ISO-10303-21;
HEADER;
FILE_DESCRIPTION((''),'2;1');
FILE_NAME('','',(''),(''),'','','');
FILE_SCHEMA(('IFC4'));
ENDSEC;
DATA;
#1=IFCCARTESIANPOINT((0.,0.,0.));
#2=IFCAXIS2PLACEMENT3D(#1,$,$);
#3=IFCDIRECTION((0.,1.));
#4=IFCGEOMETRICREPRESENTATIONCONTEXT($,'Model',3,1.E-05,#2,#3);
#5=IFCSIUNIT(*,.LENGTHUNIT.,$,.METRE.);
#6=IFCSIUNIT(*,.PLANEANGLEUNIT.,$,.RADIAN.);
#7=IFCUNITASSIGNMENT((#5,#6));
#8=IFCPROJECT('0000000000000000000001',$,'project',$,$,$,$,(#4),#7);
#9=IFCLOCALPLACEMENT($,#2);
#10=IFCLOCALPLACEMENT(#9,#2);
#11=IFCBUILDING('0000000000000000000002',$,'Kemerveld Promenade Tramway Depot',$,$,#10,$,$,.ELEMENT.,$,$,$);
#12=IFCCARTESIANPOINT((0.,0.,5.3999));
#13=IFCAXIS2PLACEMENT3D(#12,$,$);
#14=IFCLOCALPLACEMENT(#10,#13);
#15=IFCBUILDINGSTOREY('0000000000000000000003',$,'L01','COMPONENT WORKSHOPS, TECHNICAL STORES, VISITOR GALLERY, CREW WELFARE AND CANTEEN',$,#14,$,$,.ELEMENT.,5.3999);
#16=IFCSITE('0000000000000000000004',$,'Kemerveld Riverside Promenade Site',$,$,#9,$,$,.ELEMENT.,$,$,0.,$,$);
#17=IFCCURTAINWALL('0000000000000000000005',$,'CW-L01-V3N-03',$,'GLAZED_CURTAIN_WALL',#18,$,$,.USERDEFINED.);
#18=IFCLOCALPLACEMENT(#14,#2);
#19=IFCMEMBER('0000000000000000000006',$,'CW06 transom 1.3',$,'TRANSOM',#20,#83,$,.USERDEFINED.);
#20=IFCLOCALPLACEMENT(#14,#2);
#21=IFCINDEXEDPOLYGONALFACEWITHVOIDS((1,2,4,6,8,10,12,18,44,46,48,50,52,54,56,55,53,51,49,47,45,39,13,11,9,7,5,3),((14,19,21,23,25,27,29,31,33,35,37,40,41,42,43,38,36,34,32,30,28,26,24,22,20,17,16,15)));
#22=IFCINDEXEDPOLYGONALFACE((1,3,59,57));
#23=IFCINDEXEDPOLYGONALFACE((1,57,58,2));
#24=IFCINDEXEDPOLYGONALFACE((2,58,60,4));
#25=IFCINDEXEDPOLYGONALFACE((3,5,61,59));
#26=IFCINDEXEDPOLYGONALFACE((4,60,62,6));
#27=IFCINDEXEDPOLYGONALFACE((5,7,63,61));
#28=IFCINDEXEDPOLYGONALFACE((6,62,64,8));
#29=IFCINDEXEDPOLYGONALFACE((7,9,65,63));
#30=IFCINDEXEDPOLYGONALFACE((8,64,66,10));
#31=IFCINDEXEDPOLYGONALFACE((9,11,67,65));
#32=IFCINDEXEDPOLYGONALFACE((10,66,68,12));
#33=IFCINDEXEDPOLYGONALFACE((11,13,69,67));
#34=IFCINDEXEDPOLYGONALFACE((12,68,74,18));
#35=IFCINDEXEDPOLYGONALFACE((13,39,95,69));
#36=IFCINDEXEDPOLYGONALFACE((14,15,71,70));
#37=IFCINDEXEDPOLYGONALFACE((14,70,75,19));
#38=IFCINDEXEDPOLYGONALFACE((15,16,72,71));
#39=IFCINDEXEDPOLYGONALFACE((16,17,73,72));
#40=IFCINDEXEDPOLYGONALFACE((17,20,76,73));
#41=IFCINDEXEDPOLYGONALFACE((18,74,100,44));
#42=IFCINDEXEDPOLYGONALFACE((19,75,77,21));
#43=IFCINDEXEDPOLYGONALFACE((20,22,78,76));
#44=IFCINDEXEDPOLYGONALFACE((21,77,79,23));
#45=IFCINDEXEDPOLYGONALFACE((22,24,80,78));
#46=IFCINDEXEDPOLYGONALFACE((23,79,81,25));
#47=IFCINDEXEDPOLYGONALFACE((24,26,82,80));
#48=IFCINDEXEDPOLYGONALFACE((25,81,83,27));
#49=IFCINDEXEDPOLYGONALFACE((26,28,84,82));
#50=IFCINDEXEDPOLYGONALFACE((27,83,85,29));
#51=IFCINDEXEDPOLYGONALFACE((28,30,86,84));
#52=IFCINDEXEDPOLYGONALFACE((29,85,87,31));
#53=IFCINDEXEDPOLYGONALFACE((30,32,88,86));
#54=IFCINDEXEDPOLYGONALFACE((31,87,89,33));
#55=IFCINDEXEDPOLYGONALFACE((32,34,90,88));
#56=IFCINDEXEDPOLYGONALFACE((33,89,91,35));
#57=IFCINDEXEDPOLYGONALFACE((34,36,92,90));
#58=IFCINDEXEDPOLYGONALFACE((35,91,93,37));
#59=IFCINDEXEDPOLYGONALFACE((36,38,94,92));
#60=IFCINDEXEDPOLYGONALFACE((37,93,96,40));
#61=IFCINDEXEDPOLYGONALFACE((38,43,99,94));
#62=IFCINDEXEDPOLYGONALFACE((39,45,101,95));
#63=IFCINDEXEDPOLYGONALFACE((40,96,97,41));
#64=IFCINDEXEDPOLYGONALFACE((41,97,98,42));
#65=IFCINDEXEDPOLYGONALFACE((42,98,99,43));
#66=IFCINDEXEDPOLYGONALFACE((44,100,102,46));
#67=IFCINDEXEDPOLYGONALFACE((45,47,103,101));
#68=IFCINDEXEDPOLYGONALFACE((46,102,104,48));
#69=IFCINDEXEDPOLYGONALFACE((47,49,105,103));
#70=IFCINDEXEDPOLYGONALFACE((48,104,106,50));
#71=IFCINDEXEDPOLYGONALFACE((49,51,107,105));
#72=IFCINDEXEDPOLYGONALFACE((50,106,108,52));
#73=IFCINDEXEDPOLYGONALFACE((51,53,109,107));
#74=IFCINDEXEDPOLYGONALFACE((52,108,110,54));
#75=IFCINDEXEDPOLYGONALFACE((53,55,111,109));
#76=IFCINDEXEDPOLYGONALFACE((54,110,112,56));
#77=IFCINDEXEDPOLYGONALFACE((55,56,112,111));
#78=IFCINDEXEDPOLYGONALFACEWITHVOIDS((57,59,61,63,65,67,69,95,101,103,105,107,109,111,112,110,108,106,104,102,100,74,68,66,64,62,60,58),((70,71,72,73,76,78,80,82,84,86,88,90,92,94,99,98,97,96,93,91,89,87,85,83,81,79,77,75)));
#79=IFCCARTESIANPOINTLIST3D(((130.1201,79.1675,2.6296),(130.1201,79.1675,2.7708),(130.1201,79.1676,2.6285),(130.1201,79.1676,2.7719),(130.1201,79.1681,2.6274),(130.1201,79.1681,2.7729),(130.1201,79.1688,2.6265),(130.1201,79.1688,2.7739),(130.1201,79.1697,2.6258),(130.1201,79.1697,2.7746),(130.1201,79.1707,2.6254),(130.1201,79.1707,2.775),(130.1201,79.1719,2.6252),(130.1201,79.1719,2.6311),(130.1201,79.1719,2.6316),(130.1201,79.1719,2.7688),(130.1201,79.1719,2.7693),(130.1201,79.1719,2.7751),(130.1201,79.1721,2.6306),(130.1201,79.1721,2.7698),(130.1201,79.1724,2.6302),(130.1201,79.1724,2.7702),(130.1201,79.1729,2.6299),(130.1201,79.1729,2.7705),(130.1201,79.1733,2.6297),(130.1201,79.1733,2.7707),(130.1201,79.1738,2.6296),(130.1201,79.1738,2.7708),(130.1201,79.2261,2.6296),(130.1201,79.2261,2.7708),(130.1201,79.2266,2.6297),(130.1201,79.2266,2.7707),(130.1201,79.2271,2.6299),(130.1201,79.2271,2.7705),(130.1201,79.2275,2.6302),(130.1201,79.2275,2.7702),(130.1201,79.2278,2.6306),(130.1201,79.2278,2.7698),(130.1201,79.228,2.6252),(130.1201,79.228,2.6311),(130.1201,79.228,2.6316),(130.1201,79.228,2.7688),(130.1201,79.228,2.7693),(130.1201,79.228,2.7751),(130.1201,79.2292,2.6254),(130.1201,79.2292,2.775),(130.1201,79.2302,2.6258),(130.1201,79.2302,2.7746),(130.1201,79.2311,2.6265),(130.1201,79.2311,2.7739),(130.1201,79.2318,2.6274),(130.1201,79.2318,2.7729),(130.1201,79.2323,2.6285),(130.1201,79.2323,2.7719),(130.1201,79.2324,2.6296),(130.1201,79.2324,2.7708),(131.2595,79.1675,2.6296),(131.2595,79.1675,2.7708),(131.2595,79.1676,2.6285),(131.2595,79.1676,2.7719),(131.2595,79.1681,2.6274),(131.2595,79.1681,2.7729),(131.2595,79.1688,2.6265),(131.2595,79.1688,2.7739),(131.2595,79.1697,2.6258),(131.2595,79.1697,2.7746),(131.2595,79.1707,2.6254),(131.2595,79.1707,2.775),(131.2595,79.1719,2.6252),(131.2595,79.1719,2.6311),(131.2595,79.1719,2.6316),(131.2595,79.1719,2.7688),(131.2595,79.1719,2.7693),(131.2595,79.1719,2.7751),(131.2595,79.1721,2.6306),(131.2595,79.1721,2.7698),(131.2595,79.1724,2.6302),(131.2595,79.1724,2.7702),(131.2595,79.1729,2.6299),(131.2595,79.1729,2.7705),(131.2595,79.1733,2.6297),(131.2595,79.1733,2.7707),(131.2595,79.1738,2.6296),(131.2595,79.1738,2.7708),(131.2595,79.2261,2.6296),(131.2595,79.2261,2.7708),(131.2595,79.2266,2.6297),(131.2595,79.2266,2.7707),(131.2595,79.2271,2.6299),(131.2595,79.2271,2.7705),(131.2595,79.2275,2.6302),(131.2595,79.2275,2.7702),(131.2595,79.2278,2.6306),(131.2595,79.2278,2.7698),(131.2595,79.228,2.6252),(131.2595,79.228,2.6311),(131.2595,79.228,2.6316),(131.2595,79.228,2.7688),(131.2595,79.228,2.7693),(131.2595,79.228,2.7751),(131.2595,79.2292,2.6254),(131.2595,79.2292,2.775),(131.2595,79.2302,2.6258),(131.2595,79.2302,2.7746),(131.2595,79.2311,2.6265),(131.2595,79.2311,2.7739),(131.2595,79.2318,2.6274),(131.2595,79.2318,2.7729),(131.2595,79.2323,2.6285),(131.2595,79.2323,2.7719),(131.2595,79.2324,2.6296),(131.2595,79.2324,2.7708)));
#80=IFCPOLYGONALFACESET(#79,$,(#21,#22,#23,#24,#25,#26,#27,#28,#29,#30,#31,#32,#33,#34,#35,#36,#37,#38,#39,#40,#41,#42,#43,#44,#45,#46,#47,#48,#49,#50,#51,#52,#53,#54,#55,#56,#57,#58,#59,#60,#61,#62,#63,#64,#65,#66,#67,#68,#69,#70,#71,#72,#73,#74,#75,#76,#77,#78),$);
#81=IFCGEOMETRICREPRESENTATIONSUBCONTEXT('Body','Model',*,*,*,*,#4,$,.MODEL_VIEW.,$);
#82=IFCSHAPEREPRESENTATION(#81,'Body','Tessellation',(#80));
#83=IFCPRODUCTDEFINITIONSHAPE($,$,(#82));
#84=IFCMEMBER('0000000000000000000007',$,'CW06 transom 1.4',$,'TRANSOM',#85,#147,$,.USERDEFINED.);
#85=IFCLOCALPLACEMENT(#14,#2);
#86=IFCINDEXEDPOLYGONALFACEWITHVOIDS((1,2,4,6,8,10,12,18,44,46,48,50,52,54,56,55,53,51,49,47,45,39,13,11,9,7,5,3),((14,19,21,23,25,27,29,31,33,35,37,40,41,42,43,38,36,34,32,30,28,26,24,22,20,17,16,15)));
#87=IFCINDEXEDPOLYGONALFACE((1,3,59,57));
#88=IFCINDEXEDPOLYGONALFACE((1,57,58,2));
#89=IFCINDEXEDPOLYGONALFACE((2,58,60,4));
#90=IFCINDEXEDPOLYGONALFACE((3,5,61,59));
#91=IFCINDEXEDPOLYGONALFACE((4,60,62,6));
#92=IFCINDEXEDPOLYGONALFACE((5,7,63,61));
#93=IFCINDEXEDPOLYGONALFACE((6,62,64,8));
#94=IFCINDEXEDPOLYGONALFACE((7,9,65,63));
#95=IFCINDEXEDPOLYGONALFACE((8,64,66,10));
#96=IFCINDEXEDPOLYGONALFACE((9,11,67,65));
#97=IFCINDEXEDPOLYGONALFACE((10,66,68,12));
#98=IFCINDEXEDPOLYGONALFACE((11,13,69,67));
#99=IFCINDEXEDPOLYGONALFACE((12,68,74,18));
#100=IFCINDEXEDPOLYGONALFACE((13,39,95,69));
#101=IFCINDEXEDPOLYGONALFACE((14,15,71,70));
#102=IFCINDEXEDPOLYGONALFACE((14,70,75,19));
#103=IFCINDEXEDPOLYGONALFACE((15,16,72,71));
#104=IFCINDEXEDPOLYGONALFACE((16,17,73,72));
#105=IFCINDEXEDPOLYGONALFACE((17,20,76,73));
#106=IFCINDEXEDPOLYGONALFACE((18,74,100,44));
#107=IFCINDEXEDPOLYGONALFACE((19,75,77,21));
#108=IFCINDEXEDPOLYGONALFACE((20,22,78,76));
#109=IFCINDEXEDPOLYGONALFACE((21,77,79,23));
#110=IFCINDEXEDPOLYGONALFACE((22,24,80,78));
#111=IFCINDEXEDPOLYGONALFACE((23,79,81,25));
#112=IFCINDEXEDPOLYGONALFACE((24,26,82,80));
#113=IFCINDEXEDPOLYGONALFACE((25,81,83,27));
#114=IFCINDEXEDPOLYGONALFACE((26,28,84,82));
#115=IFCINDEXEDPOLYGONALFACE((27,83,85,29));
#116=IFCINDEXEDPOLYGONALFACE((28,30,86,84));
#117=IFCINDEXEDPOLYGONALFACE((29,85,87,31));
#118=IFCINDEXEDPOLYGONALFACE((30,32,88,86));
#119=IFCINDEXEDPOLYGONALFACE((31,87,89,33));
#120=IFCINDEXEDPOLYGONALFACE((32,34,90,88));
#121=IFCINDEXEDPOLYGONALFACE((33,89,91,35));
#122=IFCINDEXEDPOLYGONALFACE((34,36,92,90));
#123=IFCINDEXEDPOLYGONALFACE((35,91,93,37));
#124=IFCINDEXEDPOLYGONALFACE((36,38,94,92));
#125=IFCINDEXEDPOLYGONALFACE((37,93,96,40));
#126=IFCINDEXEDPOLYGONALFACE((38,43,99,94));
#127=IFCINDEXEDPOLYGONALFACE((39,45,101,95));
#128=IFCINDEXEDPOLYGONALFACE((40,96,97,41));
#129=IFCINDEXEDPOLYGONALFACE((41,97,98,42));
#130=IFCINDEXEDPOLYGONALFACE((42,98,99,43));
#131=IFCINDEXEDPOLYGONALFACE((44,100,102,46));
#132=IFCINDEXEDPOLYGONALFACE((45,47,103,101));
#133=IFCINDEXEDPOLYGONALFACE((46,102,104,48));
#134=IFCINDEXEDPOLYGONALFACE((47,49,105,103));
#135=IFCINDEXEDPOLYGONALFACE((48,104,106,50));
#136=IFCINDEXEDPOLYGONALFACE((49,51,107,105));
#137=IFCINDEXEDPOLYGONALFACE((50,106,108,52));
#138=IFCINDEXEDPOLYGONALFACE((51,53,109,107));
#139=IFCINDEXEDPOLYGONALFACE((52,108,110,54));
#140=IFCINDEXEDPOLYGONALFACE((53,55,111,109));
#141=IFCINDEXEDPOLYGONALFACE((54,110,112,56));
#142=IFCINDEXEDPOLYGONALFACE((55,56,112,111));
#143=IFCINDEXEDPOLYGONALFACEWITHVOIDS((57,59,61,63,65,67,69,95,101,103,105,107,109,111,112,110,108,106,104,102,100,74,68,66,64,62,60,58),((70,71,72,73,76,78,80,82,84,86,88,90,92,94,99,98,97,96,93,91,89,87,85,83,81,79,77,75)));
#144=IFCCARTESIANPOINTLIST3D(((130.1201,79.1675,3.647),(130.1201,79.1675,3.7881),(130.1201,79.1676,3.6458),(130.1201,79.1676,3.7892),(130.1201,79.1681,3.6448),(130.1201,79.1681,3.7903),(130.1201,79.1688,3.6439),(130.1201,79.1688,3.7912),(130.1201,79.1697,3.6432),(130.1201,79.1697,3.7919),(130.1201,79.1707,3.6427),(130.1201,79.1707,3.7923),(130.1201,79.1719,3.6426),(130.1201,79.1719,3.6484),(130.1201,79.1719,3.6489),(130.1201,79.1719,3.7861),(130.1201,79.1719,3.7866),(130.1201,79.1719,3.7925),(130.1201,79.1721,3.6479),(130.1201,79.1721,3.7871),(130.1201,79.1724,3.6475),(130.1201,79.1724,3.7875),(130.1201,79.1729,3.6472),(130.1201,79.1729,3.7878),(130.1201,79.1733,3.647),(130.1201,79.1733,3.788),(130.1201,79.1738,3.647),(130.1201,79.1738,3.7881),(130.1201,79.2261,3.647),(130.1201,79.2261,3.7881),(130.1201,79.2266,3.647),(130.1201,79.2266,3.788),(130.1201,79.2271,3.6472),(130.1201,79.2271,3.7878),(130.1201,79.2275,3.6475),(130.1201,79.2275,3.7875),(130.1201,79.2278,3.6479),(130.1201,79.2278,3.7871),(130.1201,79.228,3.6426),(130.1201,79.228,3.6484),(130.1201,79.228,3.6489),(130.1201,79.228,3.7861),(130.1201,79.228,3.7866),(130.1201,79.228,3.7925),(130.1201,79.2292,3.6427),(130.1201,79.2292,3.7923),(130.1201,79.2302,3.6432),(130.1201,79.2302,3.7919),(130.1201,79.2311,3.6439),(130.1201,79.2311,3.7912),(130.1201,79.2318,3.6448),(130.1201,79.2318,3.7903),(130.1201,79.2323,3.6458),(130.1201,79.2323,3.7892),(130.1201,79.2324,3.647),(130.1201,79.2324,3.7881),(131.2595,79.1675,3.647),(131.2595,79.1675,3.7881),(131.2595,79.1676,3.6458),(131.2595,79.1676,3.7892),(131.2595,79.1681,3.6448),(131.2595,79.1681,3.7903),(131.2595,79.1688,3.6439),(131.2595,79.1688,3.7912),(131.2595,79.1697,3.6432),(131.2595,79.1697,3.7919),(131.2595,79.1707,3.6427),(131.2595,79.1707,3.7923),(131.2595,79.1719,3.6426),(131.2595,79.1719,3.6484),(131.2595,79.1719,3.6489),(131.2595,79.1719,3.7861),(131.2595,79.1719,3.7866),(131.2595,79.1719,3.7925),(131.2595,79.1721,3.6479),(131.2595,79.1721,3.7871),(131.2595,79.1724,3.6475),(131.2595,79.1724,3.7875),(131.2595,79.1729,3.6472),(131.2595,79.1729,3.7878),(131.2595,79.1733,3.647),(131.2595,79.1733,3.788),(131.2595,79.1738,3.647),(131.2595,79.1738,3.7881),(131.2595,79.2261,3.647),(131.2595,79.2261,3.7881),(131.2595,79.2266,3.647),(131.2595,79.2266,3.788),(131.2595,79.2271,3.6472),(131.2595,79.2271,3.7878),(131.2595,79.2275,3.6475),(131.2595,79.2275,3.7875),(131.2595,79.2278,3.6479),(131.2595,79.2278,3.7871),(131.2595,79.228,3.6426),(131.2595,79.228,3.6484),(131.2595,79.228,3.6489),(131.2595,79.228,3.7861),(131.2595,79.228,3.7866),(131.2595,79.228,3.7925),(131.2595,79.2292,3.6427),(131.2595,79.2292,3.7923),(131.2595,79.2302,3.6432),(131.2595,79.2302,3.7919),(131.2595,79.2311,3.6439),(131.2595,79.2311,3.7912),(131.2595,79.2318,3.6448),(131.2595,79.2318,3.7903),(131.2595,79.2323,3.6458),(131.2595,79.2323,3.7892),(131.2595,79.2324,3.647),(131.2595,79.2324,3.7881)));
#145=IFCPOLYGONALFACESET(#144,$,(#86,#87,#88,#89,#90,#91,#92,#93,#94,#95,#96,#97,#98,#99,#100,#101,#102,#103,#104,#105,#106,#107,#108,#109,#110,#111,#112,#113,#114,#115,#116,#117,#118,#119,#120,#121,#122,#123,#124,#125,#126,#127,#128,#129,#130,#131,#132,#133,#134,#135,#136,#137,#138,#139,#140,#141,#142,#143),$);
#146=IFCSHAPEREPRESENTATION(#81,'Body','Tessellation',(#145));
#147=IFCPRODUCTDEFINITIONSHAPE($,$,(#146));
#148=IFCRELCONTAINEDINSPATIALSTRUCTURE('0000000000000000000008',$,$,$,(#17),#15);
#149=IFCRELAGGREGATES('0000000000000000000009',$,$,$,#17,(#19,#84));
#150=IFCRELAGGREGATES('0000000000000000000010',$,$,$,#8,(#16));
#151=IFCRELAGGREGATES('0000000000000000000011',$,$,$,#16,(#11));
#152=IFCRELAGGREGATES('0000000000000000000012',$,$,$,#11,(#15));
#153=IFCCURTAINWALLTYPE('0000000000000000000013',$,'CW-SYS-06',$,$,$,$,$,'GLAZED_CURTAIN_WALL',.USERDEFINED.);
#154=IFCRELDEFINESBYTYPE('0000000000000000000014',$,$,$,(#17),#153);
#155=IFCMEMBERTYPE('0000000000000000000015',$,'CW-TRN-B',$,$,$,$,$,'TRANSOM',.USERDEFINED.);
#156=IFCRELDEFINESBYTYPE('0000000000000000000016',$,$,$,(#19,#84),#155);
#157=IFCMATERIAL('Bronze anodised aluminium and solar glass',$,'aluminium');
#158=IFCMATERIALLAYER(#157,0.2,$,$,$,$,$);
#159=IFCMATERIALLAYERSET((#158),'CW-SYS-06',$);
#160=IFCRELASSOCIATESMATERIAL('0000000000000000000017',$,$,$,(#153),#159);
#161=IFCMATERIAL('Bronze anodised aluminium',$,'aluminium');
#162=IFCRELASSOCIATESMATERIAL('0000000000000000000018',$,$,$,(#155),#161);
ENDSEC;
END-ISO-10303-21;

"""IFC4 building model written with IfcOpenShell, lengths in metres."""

from ifc_helpers import new_model, si_unit, direction, frame, origin, origin_2d, place, context, subcontext, project, spatial, hollow_rectangle, extrude, material, layer, layer_set, material_profile, profile_set, type_object, element, aggregate, save


model = new_model("IFC4")

# Units and contexts
model_context = context("Model", 3, precision=1e-05, world=origin(), true_north=direction((0.0, 1.0)))
body_context = subcontext(model_context, "Body", "Model", "MODEL_VIEW")
ifc_project = project(units=[si_unit("LENGTHUNIT", "METRE"), si_unit("PLANEANGLEUNIT", "RADIAN")], contexts=[model_context])

# Site, building, storey
site_placement = place(None, origin())
site = spatial("IfcSite", under=ifc_project, at=site_placement, Name="Kemerveld Riverside Promenade Site", CompositionType="ELEMENT", RefElevation=0.0)
building_placement = place(site_placement, origin())
building = spatial("IfcBuilding", under=site, at=building_placement, Name="Kemerveld Promenade Tramway Depot", CompositionType="ELEMENT")
storey_placement = place(building_placement, frame((0.0, 0.0, 5.3999)))
storey = spatial("IfcBuildingStorey", under=building, at=storey_placement, Name="L01", Description="COMPONENT WORKSHOPS, TECHNICAL STORES, VISITOR GALLERY, CREW WELFARE AND CANTEEN", CompositionType="ELEMENT", Elevation=5.3999)

# Curtain wall, members
ifc_material_1 = material(Name="Bronze anodised aluminium and solar glass", Category="aluminium")
ifc_layer_1 = layer(ifc_material_1, 0.2)
ifc_layer_set_1 = layer_set([ifc_layer_1], Name="CW-SYS-06")
curtain_wall_type = type_object("IfcCurtainWallType", Name="CW-SYS-06", ElementType="GLAZED_CURTAIN_WALL", PredefinedType="USERDEFINED", material=ifc_layer_set_1)
curtain_wall_placement = place(storey_placement, origin())
curtain_wall = element("IfcCurtainWall", 1, at=curtain_wall_placement, inside=storey, type_object=curtain_wall_type, Name="CW-L01-V3N-03", ObjectType="GLAZED_CURTAIN_WALL", PredefinedType="USERDEFINED")
ifc_material_2 = material(Name="Bronze anodised aluminium", Category="aluminium")
ifc_material_profile_1 = material_profile(ifc_material_2, hollow_rectangle(XDim=0.0649, YDim=0.1499, WallThickness=0.0044, InnerFilletRadius=0.002, OuterFilletRadius=0.0044, at=origin_2d()), Name="CW-TRN-150x65")
ifc_profile_set_1 = profile_set([ifc_material_profile_1], Name="Bronze anodised aluminium")
member_type_1 = type_object("IfcMemberType", Name="CW-TRN-B", ElementType="TRANSOM", PredefinedType="USERDEFINED", material=ifc_profile_set_1)
member_1_placement = place(storey_placement, frame((130.1201, 79.2, 2.7002), z_axis=(1.0, 0.0, 0.0), x_axis=(0.0, 1.0, 0.0)))
member_1 = element("IfcMember", 2, at=member_1_placement, type_object=member_type_1, Name="CW06 transom 1.3", ObjectType="TRANSOM", PredefinedType="USERDEFINED", context=body_context, shape_type="SweptSolid", body=[
    extrude(hollow_rectangle(XDim=0.0649, YDim=0.1499, WallThickness=0.0044, InnerFilletRadius=0.002, OuterFilletRadius=0.0044, at=origin_2d()), origin(), (0.0, 0.0, 1.0), 1.1394),
])
member_2_placement = place(storey_placement, frame((130.1201, 79.2, 3.7175), z_axis=(1.0, 0.0, 0.0), x_axis=(0.0, 1.0, 0.0)))
member_2 = element("IfcMember", 3, at=member_2_placement, type_object=member_type_1, Name="CW06 transom 1.4", ObjectType="TRANSOM", PredefinedType="USERDEFINED", context=body_context, shape_type="SweptSolid", body=[
    extrude(hollow_rectangle(XDim=0.0649, YDim=0.1499, WallThickness=0.0044, InnerFilletRadius=0.002, OuterFilletRadius=0.0044, at=origin_2d()), origin(), (0.0, 0.0, 1.0), 1.1394),
])
aggregate(curtain_wall, [member_1, member_2])

save(model, "model.ifc")
